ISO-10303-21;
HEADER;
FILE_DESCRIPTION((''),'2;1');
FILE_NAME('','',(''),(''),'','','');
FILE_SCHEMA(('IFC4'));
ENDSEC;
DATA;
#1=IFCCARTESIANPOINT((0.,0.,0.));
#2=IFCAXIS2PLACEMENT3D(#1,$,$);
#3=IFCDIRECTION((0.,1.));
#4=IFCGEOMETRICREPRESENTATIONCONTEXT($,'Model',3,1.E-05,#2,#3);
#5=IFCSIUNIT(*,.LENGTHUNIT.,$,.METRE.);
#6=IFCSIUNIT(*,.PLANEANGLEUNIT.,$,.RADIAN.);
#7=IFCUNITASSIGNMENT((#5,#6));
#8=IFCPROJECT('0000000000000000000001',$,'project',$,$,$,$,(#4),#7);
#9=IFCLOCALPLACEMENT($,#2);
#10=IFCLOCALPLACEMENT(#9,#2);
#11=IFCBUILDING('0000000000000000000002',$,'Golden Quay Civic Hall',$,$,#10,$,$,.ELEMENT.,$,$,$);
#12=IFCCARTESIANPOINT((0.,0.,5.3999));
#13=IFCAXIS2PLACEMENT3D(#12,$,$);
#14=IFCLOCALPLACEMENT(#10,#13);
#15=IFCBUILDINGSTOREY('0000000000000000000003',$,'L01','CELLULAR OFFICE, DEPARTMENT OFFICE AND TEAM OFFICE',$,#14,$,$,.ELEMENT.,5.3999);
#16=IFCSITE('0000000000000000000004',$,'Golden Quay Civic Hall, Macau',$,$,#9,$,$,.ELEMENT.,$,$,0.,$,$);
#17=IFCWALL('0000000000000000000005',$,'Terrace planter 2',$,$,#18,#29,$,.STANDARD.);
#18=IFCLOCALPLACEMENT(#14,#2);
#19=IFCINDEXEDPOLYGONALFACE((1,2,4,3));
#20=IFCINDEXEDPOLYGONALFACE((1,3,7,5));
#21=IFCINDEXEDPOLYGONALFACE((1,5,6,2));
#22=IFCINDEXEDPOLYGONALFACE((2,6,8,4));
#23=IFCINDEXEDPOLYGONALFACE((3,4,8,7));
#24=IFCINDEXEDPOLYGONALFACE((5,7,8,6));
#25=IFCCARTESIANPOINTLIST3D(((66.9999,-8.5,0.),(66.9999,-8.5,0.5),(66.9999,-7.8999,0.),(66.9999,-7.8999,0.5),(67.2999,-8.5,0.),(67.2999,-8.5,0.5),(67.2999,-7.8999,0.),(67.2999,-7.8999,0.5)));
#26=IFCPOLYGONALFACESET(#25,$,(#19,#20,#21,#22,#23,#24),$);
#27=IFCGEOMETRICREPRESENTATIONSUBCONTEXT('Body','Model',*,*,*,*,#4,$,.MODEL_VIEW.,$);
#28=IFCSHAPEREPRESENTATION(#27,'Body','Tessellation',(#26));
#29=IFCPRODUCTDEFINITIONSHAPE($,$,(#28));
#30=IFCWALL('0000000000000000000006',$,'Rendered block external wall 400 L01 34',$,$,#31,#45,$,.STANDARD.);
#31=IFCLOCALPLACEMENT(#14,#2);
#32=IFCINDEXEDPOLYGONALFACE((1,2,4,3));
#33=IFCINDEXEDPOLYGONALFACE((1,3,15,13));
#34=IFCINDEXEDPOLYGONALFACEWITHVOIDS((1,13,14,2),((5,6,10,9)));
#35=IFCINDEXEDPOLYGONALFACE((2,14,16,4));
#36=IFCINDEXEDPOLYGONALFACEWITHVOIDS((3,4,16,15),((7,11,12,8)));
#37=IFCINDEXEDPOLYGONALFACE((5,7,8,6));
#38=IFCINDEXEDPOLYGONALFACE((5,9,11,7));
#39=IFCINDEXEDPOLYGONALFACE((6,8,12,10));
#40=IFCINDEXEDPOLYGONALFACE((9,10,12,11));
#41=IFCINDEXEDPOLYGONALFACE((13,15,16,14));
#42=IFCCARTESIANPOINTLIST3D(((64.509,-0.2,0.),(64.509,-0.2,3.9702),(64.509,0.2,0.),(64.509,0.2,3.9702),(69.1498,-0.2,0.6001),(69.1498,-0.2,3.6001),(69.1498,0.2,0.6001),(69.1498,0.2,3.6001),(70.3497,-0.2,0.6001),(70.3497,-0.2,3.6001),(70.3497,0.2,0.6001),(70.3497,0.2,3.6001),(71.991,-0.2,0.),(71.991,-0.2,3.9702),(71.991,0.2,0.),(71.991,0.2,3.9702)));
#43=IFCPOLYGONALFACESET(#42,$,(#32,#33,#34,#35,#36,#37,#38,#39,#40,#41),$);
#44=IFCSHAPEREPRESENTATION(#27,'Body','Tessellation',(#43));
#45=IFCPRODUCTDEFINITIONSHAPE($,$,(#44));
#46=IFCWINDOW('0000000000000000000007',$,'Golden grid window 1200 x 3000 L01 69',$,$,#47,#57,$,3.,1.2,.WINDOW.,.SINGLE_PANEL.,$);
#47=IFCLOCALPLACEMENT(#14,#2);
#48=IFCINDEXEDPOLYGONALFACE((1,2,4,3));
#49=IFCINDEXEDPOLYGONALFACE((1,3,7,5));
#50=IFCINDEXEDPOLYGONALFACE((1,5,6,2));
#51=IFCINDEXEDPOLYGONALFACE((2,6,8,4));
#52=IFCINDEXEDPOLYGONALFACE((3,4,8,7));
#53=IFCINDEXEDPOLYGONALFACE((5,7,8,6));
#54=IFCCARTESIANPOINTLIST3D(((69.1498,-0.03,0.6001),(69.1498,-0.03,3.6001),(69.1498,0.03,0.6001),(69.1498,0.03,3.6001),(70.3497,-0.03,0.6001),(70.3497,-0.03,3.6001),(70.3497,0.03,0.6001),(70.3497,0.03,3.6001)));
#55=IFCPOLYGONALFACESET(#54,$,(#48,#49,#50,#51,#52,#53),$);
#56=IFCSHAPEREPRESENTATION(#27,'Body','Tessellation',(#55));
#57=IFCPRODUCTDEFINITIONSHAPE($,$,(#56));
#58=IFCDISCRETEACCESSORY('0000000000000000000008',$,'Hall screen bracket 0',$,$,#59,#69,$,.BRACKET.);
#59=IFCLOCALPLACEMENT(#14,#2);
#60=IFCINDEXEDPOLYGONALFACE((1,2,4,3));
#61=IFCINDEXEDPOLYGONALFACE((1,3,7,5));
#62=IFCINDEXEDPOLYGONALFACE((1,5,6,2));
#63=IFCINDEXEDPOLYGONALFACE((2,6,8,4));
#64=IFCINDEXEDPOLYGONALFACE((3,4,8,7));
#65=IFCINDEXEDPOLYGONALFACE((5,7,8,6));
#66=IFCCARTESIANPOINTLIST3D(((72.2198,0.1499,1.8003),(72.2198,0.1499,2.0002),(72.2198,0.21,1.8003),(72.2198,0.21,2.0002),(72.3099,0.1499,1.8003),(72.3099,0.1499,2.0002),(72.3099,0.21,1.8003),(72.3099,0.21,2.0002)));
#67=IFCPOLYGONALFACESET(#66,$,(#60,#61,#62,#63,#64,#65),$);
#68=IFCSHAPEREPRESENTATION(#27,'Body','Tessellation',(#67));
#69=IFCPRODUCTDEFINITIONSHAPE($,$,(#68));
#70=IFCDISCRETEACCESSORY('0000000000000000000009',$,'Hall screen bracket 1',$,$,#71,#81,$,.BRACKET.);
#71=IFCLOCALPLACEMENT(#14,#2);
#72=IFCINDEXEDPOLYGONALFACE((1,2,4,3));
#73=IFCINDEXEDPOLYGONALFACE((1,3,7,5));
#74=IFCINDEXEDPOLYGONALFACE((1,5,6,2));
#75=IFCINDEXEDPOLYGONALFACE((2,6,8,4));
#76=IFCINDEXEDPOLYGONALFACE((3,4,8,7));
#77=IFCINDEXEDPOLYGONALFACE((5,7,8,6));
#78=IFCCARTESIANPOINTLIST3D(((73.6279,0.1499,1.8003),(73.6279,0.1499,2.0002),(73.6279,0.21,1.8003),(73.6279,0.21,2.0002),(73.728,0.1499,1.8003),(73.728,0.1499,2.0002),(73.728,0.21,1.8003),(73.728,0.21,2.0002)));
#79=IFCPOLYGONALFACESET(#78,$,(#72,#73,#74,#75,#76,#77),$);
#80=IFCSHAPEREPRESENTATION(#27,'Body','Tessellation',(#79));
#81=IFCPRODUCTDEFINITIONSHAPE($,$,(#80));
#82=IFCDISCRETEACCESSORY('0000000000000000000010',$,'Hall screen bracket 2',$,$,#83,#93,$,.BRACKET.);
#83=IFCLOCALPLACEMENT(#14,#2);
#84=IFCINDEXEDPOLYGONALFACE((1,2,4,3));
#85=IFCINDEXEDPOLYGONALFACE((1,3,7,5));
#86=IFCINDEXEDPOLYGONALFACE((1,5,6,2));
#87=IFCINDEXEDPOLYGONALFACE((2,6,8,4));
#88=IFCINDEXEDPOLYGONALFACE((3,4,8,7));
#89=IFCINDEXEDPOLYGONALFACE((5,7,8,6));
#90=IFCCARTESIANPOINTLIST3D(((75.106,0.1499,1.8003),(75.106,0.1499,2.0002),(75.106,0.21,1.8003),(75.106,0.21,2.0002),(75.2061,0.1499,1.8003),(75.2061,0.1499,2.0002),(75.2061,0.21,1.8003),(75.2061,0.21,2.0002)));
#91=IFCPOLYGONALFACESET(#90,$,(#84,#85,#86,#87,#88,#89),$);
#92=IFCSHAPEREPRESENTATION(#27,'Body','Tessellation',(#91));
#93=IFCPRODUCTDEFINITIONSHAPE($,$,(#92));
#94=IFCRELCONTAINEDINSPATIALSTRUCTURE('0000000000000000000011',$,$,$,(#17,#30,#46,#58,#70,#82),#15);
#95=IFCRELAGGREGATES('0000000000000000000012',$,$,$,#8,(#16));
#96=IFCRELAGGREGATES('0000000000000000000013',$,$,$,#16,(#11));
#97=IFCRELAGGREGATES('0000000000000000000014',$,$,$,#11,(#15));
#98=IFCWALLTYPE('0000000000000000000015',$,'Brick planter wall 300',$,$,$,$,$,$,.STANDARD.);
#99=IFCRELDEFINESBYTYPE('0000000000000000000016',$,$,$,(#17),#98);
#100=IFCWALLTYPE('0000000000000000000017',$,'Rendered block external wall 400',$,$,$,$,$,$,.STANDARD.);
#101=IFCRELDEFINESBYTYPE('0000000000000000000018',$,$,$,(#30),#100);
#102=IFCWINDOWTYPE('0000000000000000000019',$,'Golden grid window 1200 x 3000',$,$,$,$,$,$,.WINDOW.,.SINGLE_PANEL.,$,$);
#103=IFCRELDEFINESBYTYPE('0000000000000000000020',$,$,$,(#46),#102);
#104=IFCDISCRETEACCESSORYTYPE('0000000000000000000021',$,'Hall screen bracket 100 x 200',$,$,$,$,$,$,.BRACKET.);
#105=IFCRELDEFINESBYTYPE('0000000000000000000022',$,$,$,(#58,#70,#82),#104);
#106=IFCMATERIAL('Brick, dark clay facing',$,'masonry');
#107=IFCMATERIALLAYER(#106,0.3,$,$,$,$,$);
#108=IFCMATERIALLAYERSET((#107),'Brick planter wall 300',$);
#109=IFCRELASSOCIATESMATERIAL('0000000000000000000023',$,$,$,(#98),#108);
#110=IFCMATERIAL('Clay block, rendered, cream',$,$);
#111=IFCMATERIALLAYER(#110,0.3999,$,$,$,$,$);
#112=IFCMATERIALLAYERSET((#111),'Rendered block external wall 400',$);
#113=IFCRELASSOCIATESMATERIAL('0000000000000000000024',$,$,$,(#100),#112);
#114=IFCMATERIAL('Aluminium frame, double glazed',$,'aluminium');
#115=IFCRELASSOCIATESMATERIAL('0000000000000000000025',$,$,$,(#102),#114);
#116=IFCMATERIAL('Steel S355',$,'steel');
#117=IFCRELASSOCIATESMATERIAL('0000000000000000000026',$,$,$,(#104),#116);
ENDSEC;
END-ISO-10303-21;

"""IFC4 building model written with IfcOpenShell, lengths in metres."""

from ifc_helpers import new_model, si_unit, direction, frame, frame_2d, origin, origin_2d, place, context, subcontext, project, spatial, rectangle, extrude, material, layer, layer_set, type_object, element, fill, save


model = new_model("IFC4")

# Units and contexts
model_context = context("Model", 3, precision=1e-05, world=origin(), true_north=direction((0.0, 1.0)))
body_context = subcontext(model_context, "Body", "Model", "MODEL_VIEW")
ifc_project = project(units=[si_unit("LENGTHUNIT", "METRE"), si_unit("PLANEANGLEUNIT", "RADIAN")], contexts=[model_context])

# Site, building, storey
site_placement = place(None, origin())
site = spatial("IfcSite", under=ifc_project, at=site_placement, Name="Golden Quay Civic Hall, Macau", CompositionType="ELEMENT", RefElevation=0.0)
building_placement = place(site_placement, origin())
building = spatial("IfcBuilding", under=site, at=building_placement, Name="Golden Quay Civic Hall", CompositionType="ELEMENT")
storey_placement = place(building_placement, frame((0.0, 0.0, 5.3999)))
storey = spatial("IfcBuildingStorey", under=building, at=storey_placement, Name="L01", Description="CELLULAR OFFICE, DEPARTMENT OFFICE AND TEAM OFFICE", CompositionType="ELEMENT", Elevation=5.3999)

# Wall
ifc_material_1 = material(Name="Brick, dark clay facing", Category="masonry")
ifc_layer_1 = layer(ifc_material_1, 0.3)
ifc_layer_set_1 = layer_set([ifc_layer_1], Name="Brick planter wall 300")
wall_type_1 = type_object("IfcWallType", Name="Brick planter wall 300", PredefinedType="STANDARD", material=ifc_layer_set_1)
wall_1_placement = place(storey_placement, frame((67.1499, -8.5, 0.0), z_axis=(0.0, 0.0, 1.0), x_axis=(0.0, 1.0, 0.0)))
element("IfcWall", 1, at=wall_1_placement, inside=storey, type_object=wall_type_1, Name="Terrace planter 2", PredefinedType="STANDARD", context=body_context, shape_type="SweptSolid", body=[
    extrude(rectangle(XDim=0.6001, YDim=0.3, at=frame_2d((0.3, 0.0))), origin(), (0.0, 0.0, 1.0), 0.5),
])

# Wall, opening, window
ifc_material_2 = material(Name="Clay block, rendered, cream")
ifc_layer_2 = layer(ifc_material_2, 0.3999)
ifc_layer_set_2 = layer_set([ifc_layer_2], Name="Rendered block external wall 400")
wall_type_2 = type_object("IfcWallType", Name="Rendered block external wall 400", PredefinedType="STANDARD", material=ifc_layer_set_2)
wall_2_placement = place(storey_placement, frame((71.991, 0.0, 0.0), z_axis=(0.0, 0.0, 1.0), x_axis=(-1.0, 0.0, 0.0)))
wall_2 = element("IfcWall", 2, at=wall_2_placement, inside=storey, type_object=wall_type_2, Name="Rendered block external wall 400 L01 34", PredefinedType="STANDARD", context=body_context, shape_type="SweptSolid", body=[
    extrude(rectangle(XDim=7.4819, YDim=0.3999, at=frame_2d((3.741, 0.0))), origin(), (0.0, 0.0, 1.0), 3.9702),
])
opening_placement = place(wall_2_placement, frame((1.6411, 0.0, 0.6001)))
opening = element("IfcOpeningElement", 3, at=opening_placement, cuts=wall_2, PredefinedType="OPENING", context=body_context, shape_type="SweptSolid", body=[
    extrude(rectangle(XDim=1.2, YDim=3.0, at=frame_2d((0.6001, 1.5))), frame((0.0, 0.21, 0.0), z_axis=(0.0, -1.0, 0.0), x_axis=(1.0, 0.0, 0.0)), (0.0, 0.0, 1.0), 0.4199),
])
ifc_material_3 = material(Name="Aluminium frame, double glazed", Category="aluminium")
window_type = type_object("IfcWindowType", Name="Golden grid window 1200 x 3000", PartitioningType="SINGLE_PANEL", PredefinedType="WINDOW", material=ifc_material_3)
window_placement = place(opening_placement, origin())
window = element("IfcWindow", 4, at=window_placement, inside=storey, type_object=window_type, Name="Golden grid window 1200 x 3000 L01 69", OverallHeight=3.0, OverallWidth=1.2, PartitioningType="SINGLE_PANEL", PredefinedType="WINDOW", context=body_context, shape_type="SweptSolid", body=[
    extrude(rectangle(XDim=1.2, YDim=3.0, at=frame_2d((0.6001, 1.5))), frame((0.0, 0.03, 0.0), z_axis=(0.0, -1.0, 0.0), x_axis=(1.0, 0.0, 0.0)), (0.0, 0.0, 1.0), 0.0601),
])
fill(opening, window)

# Discrete accessories
ifc_material_4 = material(Name="Steel S355", Category="steel")
discrete_accessory_type = type_object("IfcDiscreteAccessoryType", Name="Hall screen bracket 100 x 200", PredefinedType="BRACKET", material=ifc_material_4)
discrete_accessory_placement = place(storey_placement, frame((72.2649, 0.1799, 1.8003), z_axis=(0.0, 0.0, 1.0), x_axis=(1.0, 0.0, 0.0)))
element("IfcDiscreteAccessory", 5, at=discrete_accessory_placement, inside=storey, type_object=discrete_accessory_type, Name="Hall screen bracket 0", PredefinedType="BRACKET", context=body_context, shape_type="SweptSolid", body=[
    extrude(rectangle(XDim=0.0901, YDim=0.0601, at=origin_2d()), origin(), (0.0, 0.0, 1.0), 0.2),
])
for number, where, z_axis, x_axis, name in (
    (6, (73.678, 0.1799, 1.8003), (0.0, 0.0, 1.0), (1.0, 0.0, 0.0), "Hall screen bracket 1"),
    (7, (75.156, 0.1799, 1.8003), (0.0, 0.0, 1.0), (1.0, 0.0, 0.0), "Hall screen bracket 2"),
):
    element("IfcDiscreteAccessory", number, at=place(storey_placement, frame(where, z_axis=z_axis, x_axis=x_axis)), inside=storey, type_object=discrete_accessory_type, Name=name, PredefinedType="BRACKET", context=body_context, shape_type="SweptSolid", body=[
        extrude(rectangle(XDim=0.1001, YDim=0.0601, at=origin_2d()), origin(), (0.0, 0.0, 1.0), 0.2),
    ])

save(model, "model.ifc")
